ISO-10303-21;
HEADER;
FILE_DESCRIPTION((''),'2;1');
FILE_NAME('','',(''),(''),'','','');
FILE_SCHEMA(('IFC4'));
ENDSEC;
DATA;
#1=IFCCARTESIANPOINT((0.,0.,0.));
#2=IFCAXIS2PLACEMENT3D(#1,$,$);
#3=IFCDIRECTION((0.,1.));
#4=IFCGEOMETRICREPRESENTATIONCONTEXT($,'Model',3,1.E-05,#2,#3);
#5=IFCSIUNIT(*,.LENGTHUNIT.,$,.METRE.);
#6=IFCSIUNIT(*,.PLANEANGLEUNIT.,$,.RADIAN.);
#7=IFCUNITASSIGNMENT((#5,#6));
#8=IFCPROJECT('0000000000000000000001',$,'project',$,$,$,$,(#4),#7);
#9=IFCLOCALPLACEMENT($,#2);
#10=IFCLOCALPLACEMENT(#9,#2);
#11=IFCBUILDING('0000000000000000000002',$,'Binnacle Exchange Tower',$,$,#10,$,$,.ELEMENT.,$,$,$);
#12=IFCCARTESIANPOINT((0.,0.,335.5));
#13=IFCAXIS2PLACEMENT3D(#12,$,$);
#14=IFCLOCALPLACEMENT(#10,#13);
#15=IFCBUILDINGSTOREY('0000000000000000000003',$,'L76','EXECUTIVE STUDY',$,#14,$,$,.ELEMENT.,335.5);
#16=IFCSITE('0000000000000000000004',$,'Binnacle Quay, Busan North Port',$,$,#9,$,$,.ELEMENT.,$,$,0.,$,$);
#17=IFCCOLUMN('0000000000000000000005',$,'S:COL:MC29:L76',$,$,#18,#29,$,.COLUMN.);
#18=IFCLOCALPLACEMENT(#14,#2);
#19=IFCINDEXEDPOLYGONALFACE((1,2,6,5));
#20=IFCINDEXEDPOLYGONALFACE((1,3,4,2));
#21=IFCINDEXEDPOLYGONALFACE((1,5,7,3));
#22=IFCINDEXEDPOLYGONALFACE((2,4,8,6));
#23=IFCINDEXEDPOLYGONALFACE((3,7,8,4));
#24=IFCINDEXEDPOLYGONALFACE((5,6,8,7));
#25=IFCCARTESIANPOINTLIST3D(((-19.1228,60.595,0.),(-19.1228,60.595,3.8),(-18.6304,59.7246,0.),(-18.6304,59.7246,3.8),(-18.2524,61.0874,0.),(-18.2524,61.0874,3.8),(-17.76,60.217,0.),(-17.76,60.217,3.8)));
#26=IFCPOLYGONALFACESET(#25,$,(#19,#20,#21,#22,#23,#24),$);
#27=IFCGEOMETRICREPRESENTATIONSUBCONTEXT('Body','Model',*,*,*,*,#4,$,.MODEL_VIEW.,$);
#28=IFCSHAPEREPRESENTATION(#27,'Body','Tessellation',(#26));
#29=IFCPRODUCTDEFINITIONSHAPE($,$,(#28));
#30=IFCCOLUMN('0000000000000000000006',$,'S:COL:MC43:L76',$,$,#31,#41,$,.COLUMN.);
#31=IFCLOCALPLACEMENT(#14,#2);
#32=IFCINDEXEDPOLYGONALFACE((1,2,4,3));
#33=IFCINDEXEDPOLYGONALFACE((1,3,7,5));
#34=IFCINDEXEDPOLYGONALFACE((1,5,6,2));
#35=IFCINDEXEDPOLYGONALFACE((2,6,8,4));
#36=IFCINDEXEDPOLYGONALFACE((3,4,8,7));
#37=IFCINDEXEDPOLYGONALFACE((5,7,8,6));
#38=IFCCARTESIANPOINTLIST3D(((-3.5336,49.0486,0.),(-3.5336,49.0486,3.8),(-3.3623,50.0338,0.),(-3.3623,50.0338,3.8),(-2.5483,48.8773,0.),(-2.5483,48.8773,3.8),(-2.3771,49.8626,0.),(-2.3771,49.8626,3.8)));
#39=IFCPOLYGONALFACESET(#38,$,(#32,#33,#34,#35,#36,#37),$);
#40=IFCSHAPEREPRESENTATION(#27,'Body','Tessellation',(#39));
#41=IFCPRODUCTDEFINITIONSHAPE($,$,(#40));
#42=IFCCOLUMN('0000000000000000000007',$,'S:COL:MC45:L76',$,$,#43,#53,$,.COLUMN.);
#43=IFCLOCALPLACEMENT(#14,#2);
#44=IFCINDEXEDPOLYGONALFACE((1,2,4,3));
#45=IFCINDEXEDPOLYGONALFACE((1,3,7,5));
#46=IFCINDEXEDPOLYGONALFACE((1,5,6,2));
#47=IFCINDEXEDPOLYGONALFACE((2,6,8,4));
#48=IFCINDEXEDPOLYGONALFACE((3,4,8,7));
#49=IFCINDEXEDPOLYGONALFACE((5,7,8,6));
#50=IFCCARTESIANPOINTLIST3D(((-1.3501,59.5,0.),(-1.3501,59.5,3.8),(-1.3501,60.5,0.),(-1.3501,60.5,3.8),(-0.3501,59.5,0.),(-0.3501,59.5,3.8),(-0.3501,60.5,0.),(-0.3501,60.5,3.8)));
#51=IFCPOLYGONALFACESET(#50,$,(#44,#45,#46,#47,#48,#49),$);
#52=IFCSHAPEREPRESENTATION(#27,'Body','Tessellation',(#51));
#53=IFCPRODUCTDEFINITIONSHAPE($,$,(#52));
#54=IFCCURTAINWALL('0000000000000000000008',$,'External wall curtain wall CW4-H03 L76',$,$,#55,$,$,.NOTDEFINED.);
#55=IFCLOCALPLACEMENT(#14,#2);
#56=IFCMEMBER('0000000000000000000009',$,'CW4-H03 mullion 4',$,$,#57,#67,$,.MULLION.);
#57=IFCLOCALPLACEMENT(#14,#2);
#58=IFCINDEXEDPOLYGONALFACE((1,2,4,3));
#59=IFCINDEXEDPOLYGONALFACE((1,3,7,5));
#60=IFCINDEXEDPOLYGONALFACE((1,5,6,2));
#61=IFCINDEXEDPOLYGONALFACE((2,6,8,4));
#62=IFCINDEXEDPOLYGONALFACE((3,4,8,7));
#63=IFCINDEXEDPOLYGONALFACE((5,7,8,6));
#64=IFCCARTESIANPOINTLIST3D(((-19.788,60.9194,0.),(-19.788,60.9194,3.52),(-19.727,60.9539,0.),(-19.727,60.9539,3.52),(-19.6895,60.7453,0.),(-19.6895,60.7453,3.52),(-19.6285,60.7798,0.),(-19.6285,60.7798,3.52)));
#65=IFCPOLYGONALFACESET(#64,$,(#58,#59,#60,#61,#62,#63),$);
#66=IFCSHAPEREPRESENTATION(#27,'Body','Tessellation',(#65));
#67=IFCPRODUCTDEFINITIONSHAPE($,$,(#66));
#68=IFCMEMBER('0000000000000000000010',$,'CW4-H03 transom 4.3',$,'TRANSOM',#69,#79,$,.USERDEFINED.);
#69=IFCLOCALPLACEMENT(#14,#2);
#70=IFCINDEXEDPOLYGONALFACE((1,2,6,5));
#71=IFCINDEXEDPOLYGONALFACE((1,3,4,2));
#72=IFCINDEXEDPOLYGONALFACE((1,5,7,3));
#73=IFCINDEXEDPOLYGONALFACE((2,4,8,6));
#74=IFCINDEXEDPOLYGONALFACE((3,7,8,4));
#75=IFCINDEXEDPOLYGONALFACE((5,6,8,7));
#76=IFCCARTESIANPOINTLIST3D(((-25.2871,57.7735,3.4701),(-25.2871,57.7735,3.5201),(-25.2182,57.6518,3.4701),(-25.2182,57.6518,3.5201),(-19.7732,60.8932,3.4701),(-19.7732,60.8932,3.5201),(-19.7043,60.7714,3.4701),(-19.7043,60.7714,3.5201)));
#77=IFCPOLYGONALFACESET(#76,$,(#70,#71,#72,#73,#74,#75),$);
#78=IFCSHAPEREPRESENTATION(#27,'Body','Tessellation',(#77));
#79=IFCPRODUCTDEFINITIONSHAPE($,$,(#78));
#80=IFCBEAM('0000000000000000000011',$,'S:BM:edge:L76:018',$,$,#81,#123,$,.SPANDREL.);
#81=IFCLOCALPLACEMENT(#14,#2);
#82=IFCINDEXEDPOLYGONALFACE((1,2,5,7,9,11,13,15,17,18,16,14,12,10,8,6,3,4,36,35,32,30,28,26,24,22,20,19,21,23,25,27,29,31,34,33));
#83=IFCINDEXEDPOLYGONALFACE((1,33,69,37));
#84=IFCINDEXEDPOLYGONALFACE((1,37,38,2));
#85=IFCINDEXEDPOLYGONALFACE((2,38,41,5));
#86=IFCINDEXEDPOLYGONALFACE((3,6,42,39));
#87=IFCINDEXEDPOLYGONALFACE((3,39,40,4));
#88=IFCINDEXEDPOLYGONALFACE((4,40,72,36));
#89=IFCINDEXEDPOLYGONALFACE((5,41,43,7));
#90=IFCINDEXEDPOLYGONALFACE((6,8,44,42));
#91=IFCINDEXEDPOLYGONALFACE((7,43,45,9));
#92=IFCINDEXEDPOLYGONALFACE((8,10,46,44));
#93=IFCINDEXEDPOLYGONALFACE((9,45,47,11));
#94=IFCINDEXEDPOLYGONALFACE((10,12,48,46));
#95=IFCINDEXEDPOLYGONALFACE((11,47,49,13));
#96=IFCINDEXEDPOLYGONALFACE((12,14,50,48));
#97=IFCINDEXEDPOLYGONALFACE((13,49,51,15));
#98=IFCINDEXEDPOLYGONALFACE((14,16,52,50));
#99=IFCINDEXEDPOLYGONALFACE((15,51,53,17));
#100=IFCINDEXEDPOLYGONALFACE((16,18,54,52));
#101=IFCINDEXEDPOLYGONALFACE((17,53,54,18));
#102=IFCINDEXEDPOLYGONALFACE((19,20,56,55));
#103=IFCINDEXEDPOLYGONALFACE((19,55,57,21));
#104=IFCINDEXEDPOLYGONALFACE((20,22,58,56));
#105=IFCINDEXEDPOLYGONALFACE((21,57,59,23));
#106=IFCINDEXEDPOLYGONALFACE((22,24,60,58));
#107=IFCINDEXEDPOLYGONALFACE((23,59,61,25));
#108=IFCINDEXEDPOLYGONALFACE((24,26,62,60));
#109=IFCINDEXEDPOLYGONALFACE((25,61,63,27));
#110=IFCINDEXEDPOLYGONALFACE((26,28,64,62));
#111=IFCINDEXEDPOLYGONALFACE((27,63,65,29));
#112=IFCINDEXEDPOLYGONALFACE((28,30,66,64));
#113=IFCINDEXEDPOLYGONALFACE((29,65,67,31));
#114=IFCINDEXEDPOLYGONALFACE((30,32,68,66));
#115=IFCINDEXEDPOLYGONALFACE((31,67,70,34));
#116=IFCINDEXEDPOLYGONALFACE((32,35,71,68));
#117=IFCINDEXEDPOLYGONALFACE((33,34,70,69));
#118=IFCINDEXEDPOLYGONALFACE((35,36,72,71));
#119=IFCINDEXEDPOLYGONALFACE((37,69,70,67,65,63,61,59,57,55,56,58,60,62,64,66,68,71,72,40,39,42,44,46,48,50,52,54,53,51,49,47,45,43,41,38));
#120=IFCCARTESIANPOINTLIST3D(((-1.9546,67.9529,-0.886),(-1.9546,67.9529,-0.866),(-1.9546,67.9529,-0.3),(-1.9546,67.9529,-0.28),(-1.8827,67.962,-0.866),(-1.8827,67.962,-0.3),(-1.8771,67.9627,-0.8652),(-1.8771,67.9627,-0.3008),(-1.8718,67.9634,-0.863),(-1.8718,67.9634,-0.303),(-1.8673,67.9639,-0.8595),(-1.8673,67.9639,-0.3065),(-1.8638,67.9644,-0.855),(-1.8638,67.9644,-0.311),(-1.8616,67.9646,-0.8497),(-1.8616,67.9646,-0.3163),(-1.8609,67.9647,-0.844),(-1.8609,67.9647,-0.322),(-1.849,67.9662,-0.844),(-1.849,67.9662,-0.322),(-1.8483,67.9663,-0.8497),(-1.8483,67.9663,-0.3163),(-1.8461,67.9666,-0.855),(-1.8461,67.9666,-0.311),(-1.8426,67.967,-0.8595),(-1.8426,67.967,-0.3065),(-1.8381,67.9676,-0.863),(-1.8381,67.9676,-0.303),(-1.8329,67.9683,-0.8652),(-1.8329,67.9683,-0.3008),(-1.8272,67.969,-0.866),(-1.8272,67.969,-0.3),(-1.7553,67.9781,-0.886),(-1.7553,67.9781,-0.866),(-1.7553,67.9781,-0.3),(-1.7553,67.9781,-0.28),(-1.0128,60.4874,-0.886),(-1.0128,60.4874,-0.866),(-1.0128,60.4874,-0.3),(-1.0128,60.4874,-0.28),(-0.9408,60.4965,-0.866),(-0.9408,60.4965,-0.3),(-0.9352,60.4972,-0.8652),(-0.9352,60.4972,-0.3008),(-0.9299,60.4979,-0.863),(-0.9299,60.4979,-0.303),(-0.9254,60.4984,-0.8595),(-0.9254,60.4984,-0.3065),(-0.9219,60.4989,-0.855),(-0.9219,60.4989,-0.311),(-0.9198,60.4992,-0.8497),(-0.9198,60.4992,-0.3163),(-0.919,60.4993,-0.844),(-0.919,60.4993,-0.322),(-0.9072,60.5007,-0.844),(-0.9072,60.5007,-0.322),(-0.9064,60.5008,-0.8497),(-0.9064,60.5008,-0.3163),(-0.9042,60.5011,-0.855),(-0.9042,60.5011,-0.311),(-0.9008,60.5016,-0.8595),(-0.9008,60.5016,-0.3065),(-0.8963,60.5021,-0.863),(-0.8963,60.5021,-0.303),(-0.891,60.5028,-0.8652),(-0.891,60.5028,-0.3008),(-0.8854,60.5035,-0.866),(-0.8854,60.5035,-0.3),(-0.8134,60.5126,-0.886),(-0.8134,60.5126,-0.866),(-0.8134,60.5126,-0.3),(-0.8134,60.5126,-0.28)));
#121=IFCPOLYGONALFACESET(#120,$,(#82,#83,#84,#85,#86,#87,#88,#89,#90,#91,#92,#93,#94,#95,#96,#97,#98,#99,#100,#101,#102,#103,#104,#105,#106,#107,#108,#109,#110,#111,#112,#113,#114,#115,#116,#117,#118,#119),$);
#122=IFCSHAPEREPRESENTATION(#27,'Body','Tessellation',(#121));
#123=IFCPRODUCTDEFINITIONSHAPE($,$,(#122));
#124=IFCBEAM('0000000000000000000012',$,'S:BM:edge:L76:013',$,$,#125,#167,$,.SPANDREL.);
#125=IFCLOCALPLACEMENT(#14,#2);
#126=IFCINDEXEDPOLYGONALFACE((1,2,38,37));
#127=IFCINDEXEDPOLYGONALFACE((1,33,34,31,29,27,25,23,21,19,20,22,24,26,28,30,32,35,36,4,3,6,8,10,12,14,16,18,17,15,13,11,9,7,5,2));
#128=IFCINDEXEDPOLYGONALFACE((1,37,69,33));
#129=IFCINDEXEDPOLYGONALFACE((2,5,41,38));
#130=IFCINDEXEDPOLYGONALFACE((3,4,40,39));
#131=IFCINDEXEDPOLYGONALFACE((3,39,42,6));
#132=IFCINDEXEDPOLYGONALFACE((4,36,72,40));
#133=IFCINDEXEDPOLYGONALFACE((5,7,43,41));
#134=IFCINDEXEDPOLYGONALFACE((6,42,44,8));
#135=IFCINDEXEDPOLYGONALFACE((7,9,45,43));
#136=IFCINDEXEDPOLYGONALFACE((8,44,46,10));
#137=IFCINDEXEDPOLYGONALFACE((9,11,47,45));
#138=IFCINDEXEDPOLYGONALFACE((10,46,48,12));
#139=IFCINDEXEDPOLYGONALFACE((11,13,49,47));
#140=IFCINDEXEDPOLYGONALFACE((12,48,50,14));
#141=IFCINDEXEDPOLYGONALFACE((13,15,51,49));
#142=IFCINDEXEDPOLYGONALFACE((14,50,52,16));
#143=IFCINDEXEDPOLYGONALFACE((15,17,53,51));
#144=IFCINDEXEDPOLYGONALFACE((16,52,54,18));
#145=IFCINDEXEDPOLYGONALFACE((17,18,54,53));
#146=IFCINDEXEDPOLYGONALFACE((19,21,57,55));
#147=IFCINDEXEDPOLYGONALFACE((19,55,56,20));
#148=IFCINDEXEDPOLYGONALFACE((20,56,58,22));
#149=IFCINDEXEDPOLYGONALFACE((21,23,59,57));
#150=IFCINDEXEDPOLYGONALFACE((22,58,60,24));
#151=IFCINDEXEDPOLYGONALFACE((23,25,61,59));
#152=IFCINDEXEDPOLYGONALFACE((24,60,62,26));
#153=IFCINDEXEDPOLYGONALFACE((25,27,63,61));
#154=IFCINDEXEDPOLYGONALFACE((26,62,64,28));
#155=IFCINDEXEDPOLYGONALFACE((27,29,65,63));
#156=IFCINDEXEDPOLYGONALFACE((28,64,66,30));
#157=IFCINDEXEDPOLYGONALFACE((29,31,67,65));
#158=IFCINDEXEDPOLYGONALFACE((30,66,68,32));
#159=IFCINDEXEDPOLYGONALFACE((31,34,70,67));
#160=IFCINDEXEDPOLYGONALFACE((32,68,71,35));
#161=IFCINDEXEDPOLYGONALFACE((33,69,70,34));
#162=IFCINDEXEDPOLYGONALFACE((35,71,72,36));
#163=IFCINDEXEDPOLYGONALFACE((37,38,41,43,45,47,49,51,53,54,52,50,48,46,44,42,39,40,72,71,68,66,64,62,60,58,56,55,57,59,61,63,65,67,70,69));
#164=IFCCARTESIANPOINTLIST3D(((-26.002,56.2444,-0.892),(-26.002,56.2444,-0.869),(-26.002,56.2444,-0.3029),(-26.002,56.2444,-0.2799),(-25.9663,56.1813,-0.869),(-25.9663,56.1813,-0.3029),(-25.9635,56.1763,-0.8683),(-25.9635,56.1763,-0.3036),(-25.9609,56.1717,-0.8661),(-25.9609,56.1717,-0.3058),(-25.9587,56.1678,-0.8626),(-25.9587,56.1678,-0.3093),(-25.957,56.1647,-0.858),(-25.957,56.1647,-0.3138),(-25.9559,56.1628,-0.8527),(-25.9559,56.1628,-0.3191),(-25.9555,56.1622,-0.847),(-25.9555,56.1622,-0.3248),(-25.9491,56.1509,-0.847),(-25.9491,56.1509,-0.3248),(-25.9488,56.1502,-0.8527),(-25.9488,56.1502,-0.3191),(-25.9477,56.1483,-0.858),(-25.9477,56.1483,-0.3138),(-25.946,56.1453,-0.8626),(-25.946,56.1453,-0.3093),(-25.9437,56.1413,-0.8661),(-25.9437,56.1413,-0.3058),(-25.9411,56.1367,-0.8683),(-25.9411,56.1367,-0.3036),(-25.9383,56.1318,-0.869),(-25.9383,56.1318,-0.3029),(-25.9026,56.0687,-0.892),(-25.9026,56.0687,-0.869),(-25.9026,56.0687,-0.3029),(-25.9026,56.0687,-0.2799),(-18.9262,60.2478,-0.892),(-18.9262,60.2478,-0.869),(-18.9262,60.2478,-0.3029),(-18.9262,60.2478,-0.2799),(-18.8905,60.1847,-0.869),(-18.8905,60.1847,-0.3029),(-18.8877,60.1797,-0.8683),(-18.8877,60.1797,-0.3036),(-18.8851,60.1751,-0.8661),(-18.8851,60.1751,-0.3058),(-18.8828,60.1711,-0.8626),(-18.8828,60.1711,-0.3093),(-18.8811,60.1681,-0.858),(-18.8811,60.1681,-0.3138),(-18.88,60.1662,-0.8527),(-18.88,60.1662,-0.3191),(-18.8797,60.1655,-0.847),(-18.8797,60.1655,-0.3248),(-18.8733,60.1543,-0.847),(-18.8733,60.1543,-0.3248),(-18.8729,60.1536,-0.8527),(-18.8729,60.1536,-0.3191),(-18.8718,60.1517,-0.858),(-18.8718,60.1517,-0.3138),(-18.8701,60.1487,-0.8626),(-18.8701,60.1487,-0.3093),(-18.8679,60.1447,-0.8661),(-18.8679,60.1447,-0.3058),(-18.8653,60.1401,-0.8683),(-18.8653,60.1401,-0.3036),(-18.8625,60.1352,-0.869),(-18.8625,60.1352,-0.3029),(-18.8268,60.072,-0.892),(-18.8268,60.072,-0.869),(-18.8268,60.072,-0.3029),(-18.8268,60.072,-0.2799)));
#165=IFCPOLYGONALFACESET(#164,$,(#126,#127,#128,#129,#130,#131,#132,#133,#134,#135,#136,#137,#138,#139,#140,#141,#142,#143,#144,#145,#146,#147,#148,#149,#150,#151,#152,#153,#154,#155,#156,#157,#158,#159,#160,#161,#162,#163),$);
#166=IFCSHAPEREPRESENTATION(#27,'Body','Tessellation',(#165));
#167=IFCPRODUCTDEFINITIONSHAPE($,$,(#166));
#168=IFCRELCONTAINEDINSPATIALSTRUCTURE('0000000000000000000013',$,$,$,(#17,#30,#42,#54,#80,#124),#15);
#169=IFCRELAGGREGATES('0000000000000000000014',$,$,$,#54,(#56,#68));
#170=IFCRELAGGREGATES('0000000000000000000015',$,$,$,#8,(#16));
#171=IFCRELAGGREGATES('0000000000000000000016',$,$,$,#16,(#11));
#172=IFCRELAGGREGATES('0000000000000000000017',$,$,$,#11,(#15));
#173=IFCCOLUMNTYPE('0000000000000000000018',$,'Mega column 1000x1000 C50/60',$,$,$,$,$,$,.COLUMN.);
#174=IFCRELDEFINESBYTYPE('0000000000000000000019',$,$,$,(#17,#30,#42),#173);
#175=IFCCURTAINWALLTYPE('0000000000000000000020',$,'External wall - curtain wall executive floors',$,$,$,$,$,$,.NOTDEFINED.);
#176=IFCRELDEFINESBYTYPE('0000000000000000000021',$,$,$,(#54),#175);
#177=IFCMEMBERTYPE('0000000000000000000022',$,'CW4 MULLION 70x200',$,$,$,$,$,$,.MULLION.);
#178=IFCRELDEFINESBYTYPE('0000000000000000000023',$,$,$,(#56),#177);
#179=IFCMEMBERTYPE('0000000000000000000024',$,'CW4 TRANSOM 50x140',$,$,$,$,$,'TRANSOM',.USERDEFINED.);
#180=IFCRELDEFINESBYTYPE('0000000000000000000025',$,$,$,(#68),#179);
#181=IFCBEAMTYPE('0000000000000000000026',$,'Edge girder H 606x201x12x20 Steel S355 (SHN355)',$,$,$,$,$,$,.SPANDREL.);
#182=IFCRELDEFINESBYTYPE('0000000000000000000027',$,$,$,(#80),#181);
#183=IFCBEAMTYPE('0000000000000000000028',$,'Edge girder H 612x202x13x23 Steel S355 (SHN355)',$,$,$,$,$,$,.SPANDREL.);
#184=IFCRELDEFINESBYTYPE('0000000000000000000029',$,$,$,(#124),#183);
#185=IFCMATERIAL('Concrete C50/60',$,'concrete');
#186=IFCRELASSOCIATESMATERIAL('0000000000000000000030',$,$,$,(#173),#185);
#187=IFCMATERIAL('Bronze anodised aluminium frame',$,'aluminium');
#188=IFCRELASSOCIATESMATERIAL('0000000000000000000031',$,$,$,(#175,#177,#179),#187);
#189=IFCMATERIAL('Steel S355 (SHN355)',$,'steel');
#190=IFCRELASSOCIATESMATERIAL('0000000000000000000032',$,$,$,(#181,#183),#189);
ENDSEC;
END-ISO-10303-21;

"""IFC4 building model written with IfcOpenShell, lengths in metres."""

from ifc_helpers import new_model, si_unit, direction, frame, origin, origin_2d, place, context, subcontext, project, spatial, rectangle, i_section, extrude, material, material_profile, profile_set, type_object, element, aggregate, save


model = new_model("IFC4")

# Units and contexts
model_context = context("Model", 3, precision=1e-05, world=origin(), true_north=direction((0.0, 1.0)))
body_context = subcontext(model_context, "Body", "Model", "MODEL_VIEW")
ifc_project = project(units=[si_unit("LENGTHUNIT", "METRE"), si_unit("PLANEANGLEUNIT", "RADIAN")], contexts=[model_context])

# Site, building, storey
site_placement = place(None, origin())
site = spatial("IfcSite", under=ifc_project, at=site_placement, Name="Binnacle Quay, Busan North Port", CompositionType="ELEMENT", RefElevation=0.0)
building_placement = place(site_placement, origin())
building = spatial("IfcBuilding", under=site, at=building_placement, Name="Binnacle Exchange Tower", CompositionType="ELEMENT")
storey_placement = place(building_placement, frame((0.0, 0.0, 335.5)))
storey = spatial("IfcBuildingStorey", under=building, at=storey_placement, Name="L76", Description="EXECUTIVE STUDY", CompositionType="ELEMENT", Elevation=335.5)

# Columns
ifc_material_1 = material(Name="Concrete C50/60", Category="concrete")
ifc_material_profile_1 = material_profile(ifc_material_1, rectangle(XDim=1.0, YDim=1.0, at=origin_2d()), Name="Mega column 1000x1000 C50/60")
ifc_profile_set_1 = profile_set([ifc_material_profile_1], Name="Concrete C50/60")
column_type = type_object("IfcColumnType", Name="Mega column 1000x1000 C50/60", PredefinedType="COLUMN", material=ifc_profile_set_1)
for number, where, z_axis, x_axis, name in (
    (1, (-18.4414, 60.406, 0.0), (0.0, 0.0, 1.0), (-0.870356, -0.492424, 0.0), "S:COL:MC29:L76"),
    (2, (-2.9553, 49.4556, 0.0), (0.0, 0.0, 1.0), (-0.985226, 0.171259, 0.0), "S:COL:MC43:L76"),
    (3, (-0.8501, 60.0, 0.0), (0.0, 0.0, 1.0), (0.0, 1.0, 0.0), "S:COL:MC45:L76"),
):
    element("IfcColumn", number, at=place(storey_placement, frame(where, z_axis=z_axis, x_axis=x_axis)), inside=storey, type_object=column_type, Name=name, PredefinedType="COLUMN", context=body_context, shape_type="SweptSolid", body=[
        extrude(rectangle(XDim=1.0, YDim=1.0, at=origin_2d()), origin(), (0.0, 0.0, 1.0), 3.8),
    ])

# Curtain wall, members
ifc_material_2 = material(Name="Bronze anodised aluminium frame", Category="aluminium")
curtain_wall_type = type_object("IfcCurtainWallType", Name="External wall - curtain wall executive floors", PredefinedType="NOTDEFINED", material=ifc_material_2)
curtain_wall_placement = place(storey_placement, origin())
curtain_wall = element("IfcCurtainWall", 4, at=curtain_wall_placement, inside=storey, type_object=curtain_wall_type, Name="External wall curtain wall CW4-H03 L76", PredefinedType="NOTDEFINED")
ifc_material_profile_2 = material_profile(ifc_material_2, rectangle(XDim=0.2, YDim=0.0701, at=origin_2d()), Name="AL 70x200")
ifc_profile_set_2 = profile_set([ifc_material_profile_2], Name="Bronze anodised aluminium frame")
member_type_1 = type_object("IfcMemberType", Name="CW4 MULLION 70x200", PredefinedType="MULLION", material=ifc_profile_set_2)
member_1_placement = place(storey_placement, frame((-19.7083, 60.8496, 0.0), z_axis=(0.0, 0.0, 1.0), x_axis=(0.492424, -0.870356, 0.0)))
member_1 = element("IfcMember", 5, at=member_1_placement, type_object=member_type_1, Name="CW4-H03 mullion 4", PredefinedType="MULLION", context=body_context, shape_type="SweptSolid", body=[
    extrude(rectangle(XDim=0.2, YDim=0.0701, at=origin_2d()), origin(), (0.0, 0.0, 1.0), 3.52),
])
ifc_material_profile_3 = material_profile(ifc_material_2, rectangle(XDim=0.1399, YDim=0.05, at=origin_2d()), Name="AL 140x50")
ifc_profile_set_3 = profile_set([ifc_material_profile_3], Name="Bronze anodised aluminium frame")
member_type_2 = type_object("IfcMemberType", Name="CW4 TRANSOM 50x140", ElementType="TRANSOM", PredefinedType="USERDEFINED", material=ifc_profile_set_3)
member_2_placement = place(storey_placement, frame((-19.7388, 60.8323, 3.4951), z_axis=(-0.870355, -0.492424, 0.0), x_axis=(0.492424, -0.870355, 0.0)))
member_2 = element("IfcMember", 6, at=member_2_placement, type_object=member_type_2, Name="CW4-H03 transom 4.3", ObjectType="TRANSOM", PredefinedType="USERDEFINED", context=body_context, shape_type="SweptSolid", body=[
    extrude(rectangle(XDim=0.1399, YDim=0.05, at=origin_2d()), origin(), (0.0, 0.0, 1.0), 6.3352),
])
aggregate(curtain_wall, [member_1, member_2])

# Beams
ifc_material_3 = material(Name="Steel S355 (SHN355)", Category="steel")
ifc_material_profile_4 = material_profile(ifc_material_3, i_section(OverallWidth=0.2009, OverallDepth=0.606, WebThickness=0.012, FlangeThickness=0.02, FilletRadius=0.022, at=origin_2d()), Name="H 606x201x12x20")
ifc_profile_set_4 = profile_set([ifc_material_profile_4], Name="Steel S355 (SHN355)")
beam_type_1 = type_object("IfcBeamType", Name="Edge girder H 606x201x12x20 Steel S355 (SHN355)", PredefinedType="SPANDREL", material=ifc_profile_set_4)
beam_1_placement = place(storey_placement, frame((-0.9131, 60.5, -0.583), z_axis=(-0.125173, 0.992135, 0.0), x_axis=(-0.992135, -0.125173, 0.0)))
element("IfcBeam", 7, at=beam_1_placement, inside=storey, type_object=beam_type_1, Name="S:BM:edge:L76:018", PredefinedType="SPANDREL", context=body_context, shape_type="SweptSolid", body=[
    extrude(i_section(OverallWidth=0.2009, OverallDepth=0.606, WebThickness=0.012, FlangeThickness=0.02, FilletRadius=0.022, at=origin_2d()), origin(), (0.0, 0.0, 1.0), 7.5247),
])
ifc_material_profile_5 = material_profile(ifc_material_3, i_section(OverallWidth=0.2019, OverallDepth=0.6121, WebThickness=0.0129, FlangeThickness=0.0229, FilletRadius=0.022, at=origin_2d()), Name="H 612x202x13x23")
ifc_profile_set_5 = profile_set([ifc_material_profile_5], Name="Steel S355 (SHN355)")
beam_type_2 = type_object("IfcBeamType", Name="Edge girder H 612x202x13x23 Steel S355 (SHN355)", PredefinedType="SPANDREL", material=ifc_profile_set_5)
beam_2_placement = place(storey_placement, frame((-18.8765, 60.1599, -0.5859), z_axis=(-0.870353, -0.492428, 0.0), x_axis=(0.492428, -0.870353, 0.0)))
element("IfcBeam", 8, at=beam_2_placement, inside=storey, type_object=beam_type_2, Name="S:BM:edge:L76:013", PredefinedType="SPANDREL", context=body_context, shape_type="SweptSolid", body=[
    extrude(i_section(OverallWidth=0.2019, OverallDepth=0.6121, WebThickness=0.0129, FlangeThickness=0.0229, FilletRadius=0.022, at=origin_2d()), origin(), (0.0, 0.0, 1.0), 8.1299),
])

save(model, "model.ifc")
